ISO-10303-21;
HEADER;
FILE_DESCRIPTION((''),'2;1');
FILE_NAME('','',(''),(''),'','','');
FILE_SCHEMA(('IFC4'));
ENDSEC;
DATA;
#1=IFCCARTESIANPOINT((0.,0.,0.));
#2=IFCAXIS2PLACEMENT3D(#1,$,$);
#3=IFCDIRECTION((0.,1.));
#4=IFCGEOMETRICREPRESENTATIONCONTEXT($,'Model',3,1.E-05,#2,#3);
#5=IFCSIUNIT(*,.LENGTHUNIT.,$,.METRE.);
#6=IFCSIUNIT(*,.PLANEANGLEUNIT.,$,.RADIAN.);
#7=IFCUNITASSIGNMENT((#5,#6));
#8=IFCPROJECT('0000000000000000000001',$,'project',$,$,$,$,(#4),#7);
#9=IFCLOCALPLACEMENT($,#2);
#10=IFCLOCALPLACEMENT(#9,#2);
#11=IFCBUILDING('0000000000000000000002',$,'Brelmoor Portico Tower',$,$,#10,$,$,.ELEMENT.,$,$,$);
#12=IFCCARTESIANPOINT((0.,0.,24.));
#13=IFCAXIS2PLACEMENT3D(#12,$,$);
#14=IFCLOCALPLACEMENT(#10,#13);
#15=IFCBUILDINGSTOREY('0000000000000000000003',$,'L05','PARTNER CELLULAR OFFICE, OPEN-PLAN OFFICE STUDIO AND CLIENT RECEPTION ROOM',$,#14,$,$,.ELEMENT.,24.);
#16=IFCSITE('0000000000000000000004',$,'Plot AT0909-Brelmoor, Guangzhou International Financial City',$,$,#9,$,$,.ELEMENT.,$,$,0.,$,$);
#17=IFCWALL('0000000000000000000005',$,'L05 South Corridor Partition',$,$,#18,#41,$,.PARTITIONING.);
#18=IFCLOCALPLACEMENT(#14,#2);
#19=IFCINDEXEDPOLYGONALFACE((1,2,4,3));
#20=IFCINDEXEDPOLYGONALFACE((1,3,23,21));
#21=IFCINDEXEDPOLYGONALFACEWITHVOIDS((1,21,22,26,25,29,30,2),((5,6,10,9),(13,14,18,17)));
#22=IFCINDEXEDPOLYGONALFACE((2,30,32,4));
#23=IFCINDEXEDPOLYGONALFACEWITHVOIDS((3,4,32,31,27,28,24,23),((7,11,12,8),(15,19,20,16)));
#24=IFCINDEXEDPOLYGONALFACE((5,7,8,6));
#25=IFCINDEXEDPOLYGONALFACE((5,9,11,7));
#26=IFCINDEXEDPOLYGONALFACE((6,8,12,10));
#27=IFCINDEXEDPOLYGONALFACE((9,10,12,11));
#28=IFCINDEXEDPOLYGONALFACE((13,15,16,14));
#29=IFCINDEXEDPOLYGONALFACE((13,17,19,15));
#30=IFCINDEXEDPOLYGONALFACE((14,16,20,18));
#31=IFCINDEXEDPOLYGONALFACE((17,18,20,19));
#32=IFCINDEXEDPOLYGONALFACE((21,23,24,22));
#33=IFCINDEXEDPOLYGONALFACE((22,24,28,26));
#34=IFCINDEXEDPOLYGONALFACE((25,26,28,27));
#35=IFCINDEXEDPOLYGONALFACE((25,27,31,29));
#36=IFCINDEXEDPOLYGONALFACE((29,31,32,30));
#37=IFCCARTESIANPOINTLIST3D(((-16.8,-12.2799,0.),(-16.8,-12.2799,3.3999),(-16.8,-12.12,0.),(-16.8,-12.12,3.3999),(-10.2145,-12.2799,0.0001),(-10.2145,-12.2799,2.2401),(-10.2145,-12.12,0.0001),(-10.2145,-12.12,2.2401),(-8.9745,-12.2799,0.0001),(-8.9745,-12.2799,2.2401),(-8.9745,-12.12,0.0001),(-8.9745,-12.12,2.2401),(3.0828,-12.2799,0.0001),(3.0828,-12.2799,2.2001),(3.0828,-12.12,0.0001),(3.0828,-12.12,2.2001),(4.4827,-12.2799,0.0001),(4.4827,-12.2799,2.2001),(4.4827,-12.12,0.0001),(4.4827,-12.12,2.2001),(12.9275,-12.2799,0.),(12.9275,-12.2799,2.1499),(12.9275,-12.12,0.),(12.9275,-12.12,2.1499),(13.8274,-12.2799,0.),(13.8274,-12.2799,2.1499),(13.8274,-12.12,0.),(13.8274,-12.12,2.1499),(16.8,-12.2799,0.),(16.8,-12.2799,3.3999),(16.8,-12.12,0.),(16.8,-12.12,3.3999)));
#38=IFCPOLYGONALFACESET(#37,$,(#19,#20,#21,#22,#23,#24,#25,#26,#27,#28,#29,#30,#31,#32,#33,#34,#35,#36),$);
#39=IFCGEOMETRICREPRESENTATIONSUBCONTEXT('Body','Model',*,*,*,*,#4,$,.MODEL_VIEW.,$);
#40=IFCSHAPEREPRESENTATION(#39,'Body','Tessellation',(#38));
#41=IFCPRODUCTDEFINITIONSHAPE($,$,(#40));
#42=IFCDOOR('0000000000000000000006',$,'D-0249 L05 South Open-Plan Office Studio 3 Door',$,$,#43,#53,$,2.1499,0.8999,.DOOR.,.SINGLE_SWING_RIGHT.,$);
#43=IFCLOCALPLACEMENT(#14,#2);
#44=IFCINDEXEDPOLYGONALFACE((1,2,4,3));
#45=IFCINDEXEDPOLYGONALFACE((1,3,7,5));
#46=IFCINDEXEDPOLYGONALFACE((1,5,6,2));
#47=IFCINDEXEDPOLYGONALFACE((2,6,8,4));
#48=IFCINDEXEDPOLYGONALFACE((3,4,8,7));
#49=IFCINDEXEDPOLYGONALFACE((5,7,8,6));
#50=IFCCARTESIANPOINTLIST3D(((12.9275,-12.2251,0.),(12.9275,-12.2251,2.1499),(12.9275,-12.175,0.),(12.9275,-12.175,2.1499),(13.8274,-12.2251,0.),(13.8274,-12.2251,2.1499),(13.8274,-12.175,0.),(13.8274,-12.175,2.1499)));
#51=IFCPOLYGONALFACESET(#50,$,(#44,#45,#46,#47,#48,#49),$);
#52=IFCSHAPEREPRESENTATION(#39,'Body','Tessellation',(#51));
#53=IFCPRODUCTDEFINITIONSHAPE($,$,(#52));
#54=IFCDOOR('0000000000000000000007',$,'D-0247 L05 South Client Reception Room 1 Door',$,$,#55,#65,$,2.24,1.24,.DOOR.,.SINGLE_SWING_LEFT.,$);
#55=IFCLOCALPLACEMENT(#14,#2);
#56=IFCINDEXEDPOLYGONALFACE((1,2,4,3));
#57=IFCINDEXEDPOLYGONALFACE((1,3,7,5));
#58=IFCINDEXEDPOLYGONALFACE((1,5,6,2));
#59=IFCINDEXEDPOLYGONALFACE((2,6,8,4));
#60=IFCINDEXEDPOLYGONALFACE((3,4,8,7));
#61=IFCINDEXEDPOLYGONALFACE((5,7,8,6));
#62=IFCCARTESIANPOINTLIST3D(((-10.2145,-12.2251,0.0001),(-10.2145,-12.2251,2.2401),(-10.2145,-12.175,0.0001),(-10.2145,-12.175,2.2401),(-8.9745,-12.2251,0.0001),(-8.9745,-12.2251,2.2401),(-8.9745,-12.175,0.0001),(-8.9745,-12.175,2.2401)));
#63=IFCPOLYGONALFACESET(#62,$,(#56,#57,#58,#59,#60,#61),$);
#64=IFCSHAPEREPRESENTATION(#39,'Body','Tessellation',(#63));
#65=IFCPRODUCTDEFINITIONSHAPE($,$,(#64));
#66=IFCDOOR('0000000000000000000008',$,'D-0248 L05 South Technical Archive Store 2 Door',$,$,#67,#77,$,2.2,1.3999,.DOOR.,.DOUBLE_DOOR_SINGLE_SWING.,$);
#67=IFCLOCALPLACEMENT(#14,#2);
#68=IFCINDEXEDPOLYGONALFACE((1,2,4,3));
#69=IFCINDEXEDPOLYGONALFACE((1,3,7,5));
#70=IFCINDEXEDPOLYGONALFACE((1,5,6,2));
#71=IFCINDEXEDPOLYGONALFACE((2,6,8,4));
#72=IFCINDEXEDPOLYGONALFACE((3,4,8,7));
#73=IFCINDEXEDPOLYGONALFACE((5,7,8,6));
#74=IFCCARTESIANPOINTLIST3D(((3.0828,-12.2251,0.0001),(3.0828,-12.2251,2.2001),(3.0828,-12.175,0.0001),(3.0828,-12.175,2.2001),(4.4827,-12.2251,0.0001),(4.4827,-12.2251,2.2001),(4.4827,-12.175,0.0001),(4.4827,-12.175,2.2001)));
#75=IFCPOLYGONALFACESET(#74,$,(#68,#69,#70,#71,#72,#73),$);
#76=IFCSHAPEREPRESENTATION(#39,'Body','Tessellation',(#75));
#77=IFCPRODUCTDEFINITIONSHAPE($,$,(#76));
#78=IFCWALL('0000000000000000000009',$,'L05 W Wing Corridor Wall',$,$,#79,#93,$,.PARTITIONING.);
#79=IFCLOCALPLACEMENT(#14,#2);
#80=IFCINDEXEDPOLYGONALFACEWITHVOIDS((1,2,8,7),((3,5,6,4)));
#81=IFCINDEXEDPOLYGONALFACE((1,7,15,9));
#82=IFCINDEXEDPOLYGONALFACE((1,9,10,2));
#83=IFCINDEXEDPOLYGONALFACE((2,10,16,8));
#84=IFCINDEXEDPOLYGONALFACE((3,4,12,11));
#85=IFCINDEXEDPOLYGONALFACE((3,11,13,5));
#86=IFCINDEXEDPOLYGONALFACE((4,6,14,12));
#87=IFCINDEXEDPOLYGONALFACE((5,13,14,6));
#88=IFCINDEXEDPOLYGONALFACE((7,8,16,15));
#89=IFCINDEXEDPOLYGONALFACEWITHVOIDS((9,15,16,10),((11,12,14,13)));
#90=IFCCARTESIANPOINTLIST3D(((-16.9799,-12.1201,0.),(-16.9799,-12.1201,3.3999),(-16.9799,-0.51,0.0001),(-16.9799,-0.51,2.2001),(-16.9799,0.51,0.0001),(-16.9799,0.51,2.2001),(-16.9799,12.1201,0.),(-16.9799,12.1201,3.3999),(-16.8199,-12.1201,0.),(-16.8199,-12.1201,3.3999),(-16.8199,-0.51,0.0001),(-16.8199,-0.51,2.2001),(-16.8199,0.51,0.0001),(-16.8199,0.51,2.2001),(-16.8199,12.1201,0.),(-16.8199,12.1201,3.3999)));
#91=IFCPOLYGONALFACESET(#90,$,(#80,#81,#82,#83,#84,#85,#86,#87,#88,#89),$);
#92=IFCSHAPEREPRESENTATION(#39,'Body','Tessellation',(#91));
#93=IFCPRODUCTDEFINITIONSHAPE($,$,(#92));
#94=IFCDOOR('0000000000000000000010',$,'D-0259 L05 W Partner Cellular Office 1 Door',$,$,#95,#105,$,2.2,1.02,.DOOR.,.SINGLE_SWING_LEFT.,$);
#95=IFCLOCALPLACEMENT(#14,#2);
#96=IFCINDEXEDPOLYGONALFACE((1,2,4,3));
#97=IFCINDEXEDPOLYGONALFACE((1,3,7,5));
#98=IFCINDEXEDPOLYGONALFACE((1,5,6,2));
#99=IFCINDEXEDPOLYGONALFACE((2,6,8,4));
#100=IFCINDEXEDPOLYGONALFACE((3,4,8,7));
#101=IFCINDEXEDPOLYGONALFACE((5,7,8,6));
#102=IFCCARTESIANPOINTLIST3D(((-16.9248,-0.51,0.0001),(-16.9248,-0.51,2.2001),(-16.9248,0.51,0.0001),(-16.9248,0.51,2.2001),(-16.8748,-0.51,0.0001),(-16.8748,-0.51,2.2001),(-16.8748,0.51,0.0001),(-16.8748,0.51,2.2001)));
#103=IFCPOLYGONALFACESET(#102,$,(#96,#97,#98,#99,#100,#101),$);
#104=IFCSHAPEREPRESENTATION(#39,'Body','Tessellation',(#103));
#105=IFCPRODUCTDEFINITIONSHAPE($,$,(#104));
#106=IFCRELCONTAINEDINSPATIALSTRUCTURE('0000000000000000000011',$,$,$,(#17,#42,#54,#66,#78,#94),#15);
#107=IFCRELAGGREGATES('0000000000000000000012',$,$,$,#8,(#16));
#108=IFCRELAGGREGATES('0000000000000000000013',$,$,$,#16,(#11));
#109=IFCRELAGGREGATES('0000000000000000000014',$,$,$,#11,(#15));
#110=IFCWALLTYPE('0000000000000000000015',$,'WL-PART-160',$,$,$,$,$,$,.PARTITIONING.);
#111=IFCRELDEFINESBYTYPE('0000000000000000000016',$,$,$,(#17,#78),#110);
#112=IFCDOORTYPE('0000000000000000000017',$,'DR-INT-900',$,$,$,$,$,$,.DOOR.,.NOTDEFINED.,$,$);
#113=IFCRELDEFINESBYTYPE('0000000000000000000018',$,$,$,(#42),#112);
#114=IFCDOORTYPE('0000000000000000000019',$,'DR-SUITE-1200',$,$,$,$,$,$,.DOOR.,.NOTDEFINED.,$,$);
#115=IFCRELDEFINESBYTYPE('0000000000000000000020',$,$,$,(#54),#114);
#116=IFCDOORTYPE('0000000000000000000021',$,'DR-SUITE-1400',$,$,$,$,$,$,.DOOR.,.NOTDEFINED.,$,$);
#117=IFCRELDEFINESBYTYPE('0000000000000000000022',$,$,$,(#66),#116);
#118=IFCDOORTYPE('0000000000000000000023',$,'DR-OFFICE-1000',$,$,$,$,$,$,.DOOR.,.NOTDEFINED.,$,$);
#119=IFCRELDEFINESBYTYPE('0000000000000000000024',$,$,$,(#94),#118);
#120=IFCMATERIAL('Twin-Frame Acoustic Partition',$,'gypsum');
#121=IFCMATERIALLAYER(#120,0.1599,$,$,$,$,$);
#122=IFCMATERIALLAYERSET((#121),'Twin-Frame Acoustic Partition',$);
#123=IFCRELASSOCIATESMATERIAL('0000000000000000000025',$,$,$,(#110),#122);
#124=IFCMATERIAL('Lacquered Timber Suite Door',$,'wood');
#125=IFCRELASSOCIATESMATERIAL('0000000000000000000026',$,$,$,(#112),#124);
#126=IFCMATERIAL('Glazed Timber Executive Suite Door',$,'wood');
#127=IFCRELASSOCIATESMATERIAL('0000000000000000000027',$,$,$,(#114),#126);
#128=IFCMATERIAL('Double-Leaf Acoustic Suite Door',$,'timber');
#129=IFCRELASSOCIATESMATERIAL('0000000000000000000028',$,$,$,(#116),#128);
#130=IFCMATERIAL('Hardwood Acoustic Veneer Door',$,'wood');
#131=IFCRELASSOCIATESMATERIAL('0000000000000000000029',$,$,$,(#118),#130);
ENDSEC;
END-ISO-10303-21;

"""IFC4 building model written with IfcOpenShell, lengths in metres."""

from ifc_helpers import new_model, si_unit, direction, frame, frame_2d, origin, place, context, subcontext, project, spatial, rectangle, extrude, material, layer, layer_set, type_object, element, fill, save


model = new_model("IFC4")

# Units and contexts
model_context = context("Model", 3, precision=1e-05, world=origin(), true_north=direction((0.0, 1.0)))
body_context = subcontext(model_context, "Body", "Model", "MODEL_VIEW")
ifc_project = project(units=[si_unit("LENGTHUNIT", "METRE"), si_unit("PLANEANGLEUNIT", "RADIAN")], contexts=[model_context])

# Site, building, storey
site_placement = place(None, origin())
site = spatial("IfcSite", under=ifc_project, at=site_placement, Name="Plot AT0909-Brelmoor, Guangzhou International Financial City", CompositionType="ELEMENT", RefElevation=0.0)
building_placement = place(site_placement, origin())
building = spatial("IfcBuilding", under=site, at=building_placement, Name="Brelmoor Portico Tower", CompositionType="ELEMENT")
storey_placement = place(building_placement, frame((0.0, 0.0, 24.0)))
storey = spatial("IfcBuildingStorey", under=building, at=storey_placement, Name="L05", Description="PARTNER CELLULAR OFFICE, OPEN-PLAN OFFICE STUDIO AND CLIENT RECEPTION ROOM", CompositionType="ELEMENT", Elevation=24.0)

# Wall, openings, doors
ifc_material_1 = material(Name="Twin-Frame Acoustic Partition", Category="gypsum")
ifc_layer_1 = layer(ifc_material_1, 0.1599)
ifc_layer_set_1 = layer_set([ifc_layer_1], Name="Twin-Frame Acoustic Partition")
wall_type_1 = type_object("IfcWallType", Name="WL-PART-160", PredefinedType="PARTITIONING", material=ifc_layer_set_1)
wall_1_placement = place(storey_placement, frame((-16.8, -12.2, 0.0), z_axis=(0.0, 0.0, 1.0), x_axis=(1.0, 0.0, 0.0)))
wall_1 = element("IfcWall", 1, at=wall_1_placement, inside=storey, type_object=wall_type_1, Name="L05 South Corridor Partition", PredefinedType="PARTITIONING", context=body_context, shape_type="SweptSolid", body=[
    extrude(rectangle(XDim=33.6001, YDim=0.1599, at=frame_2d((16.8, 0.0))), origin(), (0.0, 0.0, 1.0), 3.3999),
])
opening_1_placement = place(wall_1_placement, frame((6.5854, 0.0, 0.0)))
opening_1 = element("IfcOpeningElement", 2, at=opening_1_placement, cuts=wall_1, PredefinedType="OPENING", context=body_context, shape_type="SweptSolid", body=[
    extrude(rectangle(XDim=1.24, YDim=2.24, at=frame_2d((0.6201, 1.1201))), frame((0.0, 0.0898, 0.0), z_axis=(0.0, -1.0, 0.0), x_axis=(1.0, 0.0, 0.0)), (0.0, 0.0, 1.0), 0.1799),
])
opening_2_placement = place(wall_1_placement, frame((19.8828, 0.0, 0.0)))
opening_2 = element("IfcOpeningElement", 3, at=opening_2_placement, cuts=wall_1, PredefinedType="OPENING", context=body_context, shape_type="SweptSolid", body=[
    extrude(rectangle(XDim=1.3999, YDim=2.2, at=frame_2d((0.7, 1.1001))), frame((0.0, 0.0898, 0.0), z_axis=(0.0, -1.0, 0.0), x_axis=(1.0, 0.0, 0.0)), (0.0, 0.0, 1.0), 0.1799),
])
opening_3_placement = place(wall_1_placement, frame((29.7275, 0.0, 0.0)))
opening_3 = element("IfcOpeningElement", 4, at=opening_3_placement, cuts=wall_1, PredefinedType="OPENING", context=body_context, shape_type="SweptSolid", body=[
    extrude(rectangle(XDim=0.8999, YDim=2.1499, at=frame_2d((0.45, 1.075))), frame((0.0, 0.0898, 0.0), z_axis=(0.0, -1.0, 0.0), x_axis=(1.0, 0.0, 0.0)), (0.0, 0.0, 1.0), 0.1799),
])
ifc_material_2 = material(Name="Lacquered Timber Suite Door", Category="wood")
door_type_1 = type_object("IfcDoorType", Name="DR-INT-900", OperationType="NOTDEFINED", PredefinedType="DOOR", material=ifc_material_2)
door_1_placement = place(opening_3_placement, origin())
door_1 = element("IfcDoor", 5, at=door_1_placement, inside=storey, type_object=door_type_1, Name="D-0249 L05 South Open-Plan Office Studio 3 Door", OperationType="SINGLE_SWING_RIGHT", OverallHeight=2.1499, OverallWidth=0.8999, PredefinedType="DOOR", context=body_context, shape_type="SweptSolid", body=[
    extrude(rectangle(XDim=0.8999, YDim=2.1499, at=frame_2d((0.45, 1.075))), frame((0.0, 0.0249, 0.0), z_axis=(0.0, -1.0, 0.0), x_axis=(1.0, 0.0, 0.0)), (0.0, 0.0, 1.0), 0.05),
])
fill(opening_3, door_1)
ifc_material_3 = material(Name="Glazed Timber Executive Suite Door", Category="wood")
door_type_2 = type_object("IfcDoorType", Name="DR-SUITE-1200", OperationType="NOTDEFINED", PredefinedType="DOOR", material=ifc_material_3)
door_2_placement = place(opening_1_placement, origin())
door_2 = element("IfcDoor", 6, at=door_2_placement, inside=storey, type_object=door_type_2, Name="D-0247 L05 South Client Reception Room 1 Door", OperationType="SINGLE_SWING_LEFT", OverallHeight=2.24, OverallWidth=1.24, PredefinedType="DOOR", context=body_context, shape_type="SweptSolid", body=[
    extrude(rectangle(XDim=1.24, YDim=2.24, at=frame_2d((0.6201, 1.1201))), frame((0.0, 0.0249, 0.0), z_axis=(0.0, -1.0, 0.0), x_axis=(1.0, 0.0, 0.0)), (0.0, 0.0, 1.0), 0.05),
])
fill(opening_1, door_2)
ifc_material_4 = material(Name="Double-Leaf Acoustic Suite Door", Category="timber")
door_type_3 = type_object("IfcDoorType", Name="DR-SUITE-1400", OperationType="NOTDEFINED", PredefinedType="DOOR", material=ifc_material_4)
door_3_placement = place(opening_2_placement, origin())
door_3 = element("IfcDoor", 7, at=door_3_placement, inside=storey, type_object=door_type_3, Name="D-0248 L05 South Technical Archive Store 2 Door", OperationType="DOUBLE_DOOR_SINGLE_SWING", OverallHeight=2.2, OverallWidth=1.3999, PredefinedType="DOOR", context=body_context, shape_type="SweptSolid", body=[
    extrude(rectangle(XDim=1.3999, YDim=2.2, at=frame_2d((0.7, 1.1001))), frame((0.0, 0.0249, 0.0), z_axis=(0.0, -1.0, 0.0), x_axis=(1.0, 0.0, 0.0)), (0.0, 0.0, 1.0), 0.05),
])
fill(opening_2, door_3)

# Wall, opening, door
wall_2_placement = place(storey_placement, frame((-16.8999, -12.1201, 0.0), z_axis=(0.0, 0.0, 1.0), x_axis=(0.0, 1.0, 0.0)))
wall_2 = element("IfcWall", 8, at=wall_2_placement, inside=storey, type_object=wall_type_1, Name="L05 W Wing Corridor Wall", PredefinedType="PARTITIONING", context=body_context, shape_type="SweptSolid", body=[
    extrude(rectangle(XDim=24.2402, YDim=0.1599, at=frame_2d((12.1201, 0.0))), origin(), (0.0, 0.0, 1.0), 3.3999),
])
opening_4_placement = place(wall_2_placement, frame((11.6101, 0.0, 0.0)))
opening_4 = element("IfcOpeningElement", 9, at=opening_4_placement, cuts=wall_2, PredefinedType="OPENING", context=body_context, shape_type="SweptSolid", body=[
    extrude(rectangle(XDim=1.02, YDim=2.2, at=frame_2d((0.51, 1.1001))), frame((0.0, 0.0898, 0.0), z_axis=(0.0, -1.0, 0.0), x_axis=(1.0, 0.0, 0.0)), (0.0, 0.0, 1.0), 0.1799),
])
ifc_material_5 = material(Name="Hardwood Acoustic Veneer Door", Category="wood")
door_type_4 = type_object("IfcDoorType", Name="DR-OFFICE-1000", OperationType="NOTDEFINED", PredefinedType="DOOR", material=ifc_material_5)
door_4_placement = place(opening_4_placement, origin())
door_4 = element("IfcDoor", 10, at=door_4_placement, inside=storey, type_object=door_type_4, Name="D-0259 L05 W Partner Cellular Office 1 Door", OperationType="SINGLE_SWING_LEFT", OverallHeight=2.2, OverallWidth=1.02, PredefinedType="DOOR", context=body_context, shape_type="SweptSolid", body=[
    extrude(rectangle(XDim=1.02, YDim=2.2, at=frame_2d((0.51, 1.1001))), frame((0.0, 0.0249, 0.0), z_axis=(0.0, -1.0, 0.0), x_axis=(1.0, 0.0, 0.0)), (0.0, 0.0, 1.0), 0.05),
])
fill(opening_4, door_4)

save(model, "model.ifc")
